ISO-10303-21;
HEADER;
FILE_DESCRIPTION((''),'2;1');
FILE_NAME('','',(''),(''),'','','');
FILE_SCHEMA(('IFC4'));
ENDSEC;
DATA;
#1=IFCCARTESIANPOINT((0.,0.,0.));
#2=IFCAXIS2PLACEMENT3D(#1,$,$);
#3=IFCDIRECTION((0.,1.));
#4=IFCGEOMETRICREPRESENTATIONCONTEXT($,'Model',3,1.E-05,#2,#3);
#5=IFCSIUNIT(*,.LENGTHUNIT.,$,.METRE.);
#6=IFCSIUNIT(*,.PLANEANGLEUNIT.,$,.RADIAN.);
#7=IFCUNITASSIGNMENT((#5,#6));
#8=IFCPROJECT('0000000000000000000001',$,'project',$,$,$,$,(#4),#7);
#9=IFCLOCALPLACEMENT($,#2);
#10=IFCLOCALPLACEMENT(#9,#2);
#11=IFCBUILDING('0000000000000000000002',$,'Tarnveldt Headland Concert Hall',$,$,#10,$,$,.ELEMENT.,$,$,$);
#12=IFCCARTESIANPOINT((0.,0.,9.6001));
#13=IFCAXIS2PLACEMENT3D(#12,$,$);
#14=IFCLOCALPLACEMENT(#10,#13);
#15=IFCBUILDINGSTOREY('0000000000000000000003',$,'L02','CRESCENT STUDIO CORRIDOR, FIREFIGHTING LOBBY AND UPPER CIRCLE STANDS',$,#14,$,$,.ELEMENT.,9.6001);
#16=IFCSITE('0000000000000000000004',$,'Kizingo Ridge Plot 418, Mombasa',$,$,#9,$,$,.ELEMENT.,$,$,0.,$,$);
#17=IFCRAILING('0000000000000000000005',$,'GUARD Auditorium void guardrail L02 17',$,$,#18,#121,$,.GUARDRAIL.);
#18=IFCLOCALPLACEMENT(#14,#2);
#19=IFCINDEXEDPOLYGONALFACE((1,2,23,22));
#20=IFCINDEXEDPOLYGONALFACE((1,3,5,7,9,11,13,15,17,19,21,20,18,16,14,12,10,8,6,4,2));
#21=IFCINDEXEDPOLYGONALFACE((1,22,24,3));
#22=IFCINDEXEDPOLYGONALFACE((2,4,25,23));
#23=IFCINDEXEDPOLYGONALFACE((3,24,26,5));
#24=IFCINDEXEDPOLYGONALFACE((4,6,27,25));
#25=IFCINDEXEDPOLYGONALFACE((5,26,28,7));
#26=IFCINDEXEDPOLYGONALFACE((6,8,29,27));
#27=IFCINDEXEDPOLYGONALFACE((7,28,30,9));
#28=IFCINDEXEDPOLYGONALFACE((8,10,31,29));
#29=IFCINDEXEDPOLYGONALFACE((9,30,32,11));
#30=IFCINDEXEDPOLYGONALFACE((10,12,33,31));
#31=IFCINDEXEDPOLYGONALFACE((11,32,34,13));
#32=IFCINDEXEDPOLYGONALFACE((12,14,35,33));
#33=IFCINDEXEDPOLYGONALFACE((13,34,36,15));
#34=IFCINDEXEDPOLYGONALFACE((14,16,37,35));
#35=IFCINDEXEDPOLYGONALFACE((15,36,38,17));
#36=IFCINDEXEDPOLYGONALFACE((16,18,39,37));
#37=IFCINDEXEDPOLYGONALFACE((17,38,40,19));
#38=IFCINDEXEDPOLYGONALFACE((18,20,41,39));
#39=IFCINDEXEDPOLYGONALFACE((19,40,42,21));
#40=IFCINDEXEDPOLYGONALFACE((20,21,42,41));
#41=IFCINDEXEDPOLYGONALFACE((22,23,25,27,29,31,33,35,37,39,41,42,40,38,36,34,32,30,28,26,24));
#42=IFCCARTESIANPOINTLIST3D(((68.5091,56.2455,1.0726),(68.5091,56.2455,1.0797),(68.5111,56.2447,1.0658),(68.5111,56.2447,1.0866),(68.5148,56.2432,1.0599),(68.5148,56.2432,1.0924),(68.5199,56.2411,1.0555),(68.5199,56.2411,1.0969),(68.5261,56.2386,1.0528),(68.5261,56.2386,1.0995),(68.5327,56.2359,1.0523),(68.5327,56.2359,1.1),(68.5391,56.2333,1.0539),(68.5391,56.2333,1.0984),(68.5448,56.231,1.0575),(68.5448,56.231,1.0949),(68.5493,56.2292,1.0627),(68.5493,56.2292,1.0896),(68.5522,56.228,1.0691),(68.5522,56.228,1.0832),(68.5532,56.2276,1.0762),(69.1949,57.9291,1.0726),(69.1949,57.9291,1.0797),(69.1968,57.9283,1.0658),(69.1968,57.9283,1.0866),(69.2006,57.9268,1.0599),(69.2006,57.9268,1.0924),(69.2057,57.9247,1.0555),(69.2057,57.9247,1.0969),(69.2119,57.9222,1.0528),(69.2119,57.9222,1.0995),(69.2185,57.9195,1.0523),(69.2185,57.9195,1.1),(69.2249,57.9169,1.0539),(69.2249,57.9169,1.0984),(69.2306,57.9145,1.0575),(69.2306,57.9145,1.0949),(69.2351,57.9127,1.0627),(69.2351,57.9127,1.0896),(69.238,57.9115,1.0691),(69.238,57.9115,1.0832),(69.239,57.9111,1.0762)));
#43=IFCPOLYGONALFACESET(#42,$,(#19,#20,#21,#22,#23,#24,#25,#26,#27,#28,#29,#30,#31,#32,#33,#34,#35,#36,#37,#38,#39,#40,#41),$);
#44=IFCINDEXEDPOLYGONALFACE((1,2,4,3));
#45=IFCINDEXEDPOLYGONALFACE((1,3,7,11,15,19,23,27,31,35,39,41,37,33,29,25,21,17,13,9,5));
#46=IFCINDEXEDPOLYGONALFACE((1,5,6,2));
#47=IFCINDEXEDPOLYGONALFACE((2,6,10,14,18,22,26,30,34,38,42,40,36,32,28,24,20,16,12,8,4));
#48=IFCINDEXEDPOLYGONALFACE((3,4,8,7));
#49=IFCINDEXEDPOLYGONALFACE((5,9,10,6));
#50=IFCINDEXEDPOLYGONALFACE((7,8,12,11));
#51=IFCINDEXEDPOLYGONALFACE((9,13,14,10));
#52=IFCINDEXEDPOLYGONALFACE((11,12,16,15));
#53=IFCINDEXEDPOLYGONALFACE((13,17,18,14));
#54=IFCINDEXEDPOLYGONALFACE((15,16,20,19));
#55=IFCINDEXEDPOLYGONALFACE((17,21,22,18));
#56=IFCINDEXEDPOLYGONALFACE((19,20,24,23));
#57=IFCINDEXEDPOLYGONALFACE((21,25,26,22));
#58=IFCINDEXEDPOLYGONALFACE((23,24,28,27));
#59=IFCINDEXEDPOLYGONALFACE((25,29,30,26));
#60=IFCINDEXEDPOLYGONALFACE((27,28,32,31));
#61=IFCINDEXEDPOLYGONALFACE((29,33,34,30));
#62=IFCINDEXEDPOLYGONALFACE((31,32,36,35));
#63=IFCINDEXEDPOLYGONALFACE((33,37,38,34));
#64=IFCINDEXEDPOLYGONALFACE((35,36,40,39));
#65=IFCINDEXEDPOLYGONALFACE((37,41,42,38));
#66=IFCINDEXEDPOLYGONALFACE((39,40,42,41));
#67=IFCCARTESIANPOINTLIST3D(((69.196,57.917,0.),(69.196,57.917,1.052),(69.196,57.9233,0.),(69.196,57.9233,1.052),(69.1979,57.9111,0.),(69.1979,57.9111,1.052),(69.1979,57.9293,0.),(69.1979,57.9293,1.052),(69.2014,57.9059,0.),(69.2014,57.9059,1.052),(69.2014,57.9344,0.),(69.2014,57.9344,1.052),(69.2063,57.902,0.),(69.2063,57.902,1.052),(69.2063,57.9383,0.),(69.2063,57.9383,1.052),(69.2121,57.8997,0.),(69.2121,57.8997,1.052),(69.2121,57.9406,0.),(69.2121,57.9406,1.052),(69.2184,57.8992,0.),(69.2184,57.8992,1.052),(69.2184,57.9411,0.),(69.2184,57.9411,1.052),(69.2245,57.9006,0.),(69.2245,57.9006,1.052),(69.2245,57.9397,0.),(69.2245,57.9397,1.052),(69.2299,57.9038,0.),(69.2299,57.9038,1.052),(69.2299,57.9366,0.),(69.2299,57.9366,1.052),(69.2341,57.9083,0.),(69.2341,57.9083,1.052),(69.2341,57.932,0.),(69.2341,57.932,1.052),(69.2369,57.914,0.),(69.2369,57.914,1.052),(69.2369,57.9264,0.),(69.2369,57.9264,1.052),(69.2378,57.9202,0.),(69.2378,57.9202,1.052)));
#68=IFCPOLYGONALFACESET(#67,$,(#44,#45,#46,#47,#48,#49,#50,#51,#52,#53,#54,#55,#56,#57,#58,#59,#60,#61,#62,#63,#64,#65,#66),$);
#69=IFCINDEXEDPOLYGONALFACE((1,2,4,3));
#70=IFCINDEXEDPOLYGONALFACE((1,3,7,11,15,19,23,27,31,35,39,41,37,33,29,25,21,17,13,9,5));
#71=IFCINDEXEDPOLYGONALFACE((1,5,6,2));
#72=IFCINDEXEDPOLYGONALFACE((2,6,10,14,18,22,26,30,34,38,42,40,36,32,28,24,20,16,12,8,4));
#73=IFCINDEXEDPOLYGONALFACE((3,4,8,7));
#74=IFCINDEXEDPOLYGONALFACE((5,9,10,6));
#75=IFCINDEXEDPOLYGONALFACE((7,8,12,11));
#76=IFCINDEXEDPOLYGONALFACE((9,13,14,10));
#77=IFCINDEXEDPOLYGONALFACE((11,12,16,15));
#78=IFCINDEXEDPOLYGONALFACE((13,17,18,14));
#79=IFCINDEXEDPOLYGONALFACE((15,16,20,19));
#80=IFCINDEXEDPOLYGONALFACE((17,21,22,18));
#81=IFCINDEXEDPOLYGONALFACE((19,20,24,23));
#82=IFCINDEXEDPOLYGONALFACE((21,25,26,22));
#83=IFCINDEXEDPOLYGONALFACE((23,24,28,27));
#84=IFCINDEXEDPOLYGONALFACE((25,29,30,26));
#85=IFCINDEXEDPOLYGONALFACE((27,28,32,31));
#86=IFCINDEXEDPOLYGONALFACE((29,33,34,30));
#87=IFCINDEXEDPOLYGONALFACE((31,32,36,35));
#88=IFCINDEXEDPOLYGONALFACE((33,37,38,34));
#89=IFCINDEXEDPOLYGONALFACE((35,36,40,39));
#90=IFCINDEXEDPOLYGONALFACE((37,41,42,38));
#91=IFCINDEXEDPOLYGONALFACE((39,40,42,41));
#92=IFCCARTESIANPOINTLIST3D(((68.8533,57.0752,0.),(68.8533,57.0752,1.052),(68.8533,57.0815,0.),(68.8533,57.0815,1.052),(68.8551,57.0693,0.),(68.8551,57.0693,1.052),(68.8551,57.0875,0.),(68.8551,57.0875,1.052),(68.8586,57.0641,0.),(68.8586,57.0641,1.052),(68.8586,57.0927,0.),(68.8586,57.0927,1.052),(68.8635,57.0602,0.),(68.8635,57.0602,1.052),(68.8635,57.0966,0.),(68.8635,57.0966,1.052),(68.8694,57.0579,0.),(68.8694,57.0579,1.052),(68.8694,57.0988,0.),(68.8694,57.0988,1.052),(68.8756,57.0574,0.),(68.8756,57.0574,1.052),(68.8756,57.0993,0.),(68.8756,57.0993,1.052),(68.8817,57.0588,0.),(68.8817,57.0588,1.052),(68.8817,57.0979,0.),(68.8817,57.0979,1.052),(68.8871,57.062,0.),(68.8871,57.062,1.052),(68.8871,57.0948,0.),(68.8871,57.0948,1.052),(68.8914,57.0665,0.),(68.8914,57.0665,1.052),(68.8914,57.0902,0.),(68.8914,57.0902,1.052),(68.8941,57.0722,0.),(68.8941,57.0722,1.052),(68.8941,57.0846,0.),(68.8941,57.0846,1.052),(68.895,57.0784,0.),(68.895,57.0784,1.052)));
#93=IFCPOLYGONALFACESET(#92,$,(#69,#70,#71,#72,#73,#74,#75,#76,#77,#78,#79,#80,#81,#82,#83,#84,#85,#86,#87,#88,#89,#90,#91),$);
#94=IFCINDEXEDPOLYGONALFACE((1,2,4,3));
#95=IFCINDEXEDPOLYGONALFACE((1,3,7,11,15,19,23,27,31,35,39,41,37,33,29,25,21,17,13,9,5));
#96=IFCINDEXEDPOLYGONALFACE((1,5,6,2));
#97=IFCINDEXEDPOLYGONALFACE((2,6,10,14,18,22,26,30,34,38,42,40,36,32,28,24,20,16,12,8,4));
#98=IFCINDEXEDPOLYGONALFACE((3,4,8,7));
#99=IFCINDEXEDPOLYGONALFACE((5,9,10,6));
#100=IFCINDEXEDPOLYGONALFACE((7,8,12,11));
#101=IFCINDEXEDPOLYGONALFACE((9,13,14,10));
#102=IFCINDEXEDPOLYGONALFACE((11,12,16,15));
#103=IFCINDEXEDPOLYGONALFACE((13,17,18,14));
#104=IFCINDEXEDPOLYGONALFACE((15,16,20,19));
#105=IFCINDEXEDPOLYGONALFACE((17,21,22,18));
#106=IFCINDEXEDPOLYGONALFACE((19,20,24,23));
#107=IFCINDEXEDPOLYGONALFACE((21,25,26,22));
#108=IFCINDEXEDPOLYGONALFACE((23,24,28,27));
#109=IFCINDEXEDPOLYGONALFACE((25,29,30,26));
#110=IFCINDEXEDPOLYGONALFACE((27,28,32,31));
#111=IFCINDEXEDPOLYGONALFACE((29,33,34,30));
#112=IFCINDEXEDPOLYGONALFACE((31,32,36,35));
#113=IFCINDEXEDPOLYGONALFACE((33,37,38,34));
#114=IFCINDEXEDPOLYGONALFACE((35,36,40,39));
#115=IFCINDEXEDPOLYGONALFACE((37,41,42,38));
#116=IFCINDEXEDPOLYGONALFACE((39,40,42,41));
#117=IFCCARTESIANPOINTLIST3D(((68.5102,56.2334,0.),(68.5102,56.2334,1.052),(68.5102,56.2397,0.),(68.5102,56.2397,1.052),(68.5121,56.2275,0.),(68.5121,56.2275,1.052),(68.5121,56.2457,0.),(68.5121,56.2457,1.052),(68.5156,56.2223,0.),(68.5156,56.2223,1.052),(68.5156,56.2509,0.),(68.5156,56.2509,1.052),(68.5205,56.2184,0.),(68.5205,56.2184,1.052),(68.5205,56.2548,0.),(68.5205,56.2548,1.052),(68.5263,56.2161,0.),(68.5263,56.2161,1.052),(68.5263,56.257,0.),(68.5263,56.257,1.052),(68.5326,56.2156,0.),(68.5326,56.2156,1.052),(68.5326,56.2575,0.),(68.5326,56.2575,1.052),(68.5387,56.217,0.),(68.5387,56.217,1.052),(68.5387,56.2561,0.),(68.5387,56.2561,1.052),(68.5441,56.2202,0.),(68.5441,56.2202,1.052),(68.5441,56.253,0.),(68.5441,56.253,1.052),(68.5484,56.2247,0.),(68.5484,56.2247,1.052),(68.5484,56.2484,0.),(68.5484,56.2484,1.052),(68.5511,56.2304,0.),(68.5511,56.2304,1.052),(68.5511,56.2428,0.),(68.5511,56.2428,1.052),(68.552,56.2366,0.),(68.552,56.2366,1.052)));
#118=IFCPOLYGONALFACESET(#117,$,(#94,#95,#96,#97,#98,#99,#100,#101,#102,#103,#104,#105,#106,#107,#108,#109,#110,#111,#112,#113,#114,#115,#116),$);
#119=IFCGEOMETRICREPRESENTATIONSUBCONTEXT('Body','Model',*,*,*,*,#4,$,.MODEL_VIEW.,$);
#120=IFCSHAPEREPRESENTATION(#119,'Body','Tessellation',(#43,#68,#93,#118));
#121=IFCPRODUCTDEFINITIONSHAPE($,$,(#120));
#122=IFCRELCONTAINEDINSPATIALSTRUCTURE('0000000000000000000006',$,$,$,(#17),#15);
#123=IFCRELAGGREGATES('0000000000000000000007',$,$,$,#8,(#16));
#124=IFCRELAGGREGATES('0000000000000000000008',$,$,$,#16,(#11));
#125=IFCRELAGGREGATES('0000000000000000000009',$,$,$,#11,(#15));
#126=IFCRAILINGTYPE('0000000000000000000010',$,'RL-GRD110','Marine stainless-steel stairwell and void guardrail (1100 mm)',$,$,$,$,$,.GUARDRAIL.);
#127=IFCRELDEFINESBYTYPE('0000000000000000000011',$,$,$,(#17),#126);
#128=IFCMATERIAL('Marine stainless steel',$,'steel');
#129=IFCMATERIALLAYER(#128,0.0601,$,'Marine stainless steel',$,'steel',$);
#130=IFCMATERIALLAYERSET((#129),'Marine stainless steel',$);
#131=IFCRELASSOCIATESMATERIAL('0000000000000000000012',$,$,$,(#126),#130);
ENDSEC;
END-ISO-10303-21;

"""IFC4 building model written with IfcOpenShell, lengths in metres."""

from ifc_helpers import new_model, si_unit, direction, frame, origin, origin_2d, place, context, subcontext, project, spatial, circle, extrude, material, layer, layer_set, type_object, element, save


model = new_model("IFC4")

# Units and contexts
model_context = context("Model", 3, precision=1e-05, world=origin(), true_north=direction((0.0, 1.0)))
body_context = subcontext(model_context, "Body", "Model", "MODEL_VIEW")
ifc_project = project(units=[si_unit("LENGTHUNIT", "METRE"), si_unit("PLANEANGLEUNIT", "RADIAN")], contexts=[model_context])

# Site, building, storey
site_placement = place(None, origin())
site = spatial("IfcSite", under=ifc_project, at=site_placement, Name="Kizingo Ridge Plot 418, Mombasa", CompositionType="ELEMENT", RefElevation=0.0)
building_placement = place(site_placement, origin())
building = spatial("IfcBuilding", under=site, at=building_placement, Name="Tarnveldt Headland Concert Hall", CompositionType="ELEMENT")
storey_placement = place(building_placement, frame((0.0, 0.0, 9.6001)))
storey = spatial("IfcBuildingStorey", under=building, at=storey_placement, Name="L02", Description="CRESCENT STUDIO CORRIDOR, FIREFIGHTING LOBBY AND UPPER CIRCLE STANDS", CompositionType="ELEMENT", Elevation=9.6001)

# Railing
ifc_material_1 = material(Name="Marine stainless steel", Category="steel")
ifc_layer = layer(ifc_material_1, 0.0601, Name="Marine stainless steel", Category="steel")
ifc_layer_set = layer_set([ifc_layer], Name="Marine stainless steel")
railing_type = type_object("IfcRailingType", Name="RL-GRD110", Description="Marine stainless-steel stairwell and void guardrail (1100 mm)", PredefinedType="GUARDRAIL", material=ifc_layer_set)
railing_1_placement = place(storey_placement, frame((69.2168, 57.9202, 0.0)))
element("IfcRailing", 1, at=railing_1_placement, inside=storey, type_object=railing_type, Name="GUARD Auditorium void guardrail L02 17", PredefinedType="GUARDRAIL", context=body_context, shape_type="SweptSolid", body=[
    extrude(circle(Radius=0.0239, at=origin_2d()), frame((0.0, 0.0, 1.0762), z_axis=(-0.377241, -0.926115, 0.0), x_axis=(0.926115, -0.377241, 0.0)), (0.0, 0.0, 1.0), 1.8179),
    extrude(circle(Radius=0.021, at=origin_2d()), origin(), (0.0, 0.0, 1.0), 1.052),
    extrude(circle(Radius=0.021, at=origin_2d()), frame((-0.3428, -0.8418, 0.0)), (0.0, 0.0, 1.0), 1.052),
    extrude(circle(Radius=0.021, at=origin_2d()), frame((-0.6858, -1.6836, 0.0)), (0.0, 0.0, 1.0), 1.052),
])

save(model, "model.ifc")
